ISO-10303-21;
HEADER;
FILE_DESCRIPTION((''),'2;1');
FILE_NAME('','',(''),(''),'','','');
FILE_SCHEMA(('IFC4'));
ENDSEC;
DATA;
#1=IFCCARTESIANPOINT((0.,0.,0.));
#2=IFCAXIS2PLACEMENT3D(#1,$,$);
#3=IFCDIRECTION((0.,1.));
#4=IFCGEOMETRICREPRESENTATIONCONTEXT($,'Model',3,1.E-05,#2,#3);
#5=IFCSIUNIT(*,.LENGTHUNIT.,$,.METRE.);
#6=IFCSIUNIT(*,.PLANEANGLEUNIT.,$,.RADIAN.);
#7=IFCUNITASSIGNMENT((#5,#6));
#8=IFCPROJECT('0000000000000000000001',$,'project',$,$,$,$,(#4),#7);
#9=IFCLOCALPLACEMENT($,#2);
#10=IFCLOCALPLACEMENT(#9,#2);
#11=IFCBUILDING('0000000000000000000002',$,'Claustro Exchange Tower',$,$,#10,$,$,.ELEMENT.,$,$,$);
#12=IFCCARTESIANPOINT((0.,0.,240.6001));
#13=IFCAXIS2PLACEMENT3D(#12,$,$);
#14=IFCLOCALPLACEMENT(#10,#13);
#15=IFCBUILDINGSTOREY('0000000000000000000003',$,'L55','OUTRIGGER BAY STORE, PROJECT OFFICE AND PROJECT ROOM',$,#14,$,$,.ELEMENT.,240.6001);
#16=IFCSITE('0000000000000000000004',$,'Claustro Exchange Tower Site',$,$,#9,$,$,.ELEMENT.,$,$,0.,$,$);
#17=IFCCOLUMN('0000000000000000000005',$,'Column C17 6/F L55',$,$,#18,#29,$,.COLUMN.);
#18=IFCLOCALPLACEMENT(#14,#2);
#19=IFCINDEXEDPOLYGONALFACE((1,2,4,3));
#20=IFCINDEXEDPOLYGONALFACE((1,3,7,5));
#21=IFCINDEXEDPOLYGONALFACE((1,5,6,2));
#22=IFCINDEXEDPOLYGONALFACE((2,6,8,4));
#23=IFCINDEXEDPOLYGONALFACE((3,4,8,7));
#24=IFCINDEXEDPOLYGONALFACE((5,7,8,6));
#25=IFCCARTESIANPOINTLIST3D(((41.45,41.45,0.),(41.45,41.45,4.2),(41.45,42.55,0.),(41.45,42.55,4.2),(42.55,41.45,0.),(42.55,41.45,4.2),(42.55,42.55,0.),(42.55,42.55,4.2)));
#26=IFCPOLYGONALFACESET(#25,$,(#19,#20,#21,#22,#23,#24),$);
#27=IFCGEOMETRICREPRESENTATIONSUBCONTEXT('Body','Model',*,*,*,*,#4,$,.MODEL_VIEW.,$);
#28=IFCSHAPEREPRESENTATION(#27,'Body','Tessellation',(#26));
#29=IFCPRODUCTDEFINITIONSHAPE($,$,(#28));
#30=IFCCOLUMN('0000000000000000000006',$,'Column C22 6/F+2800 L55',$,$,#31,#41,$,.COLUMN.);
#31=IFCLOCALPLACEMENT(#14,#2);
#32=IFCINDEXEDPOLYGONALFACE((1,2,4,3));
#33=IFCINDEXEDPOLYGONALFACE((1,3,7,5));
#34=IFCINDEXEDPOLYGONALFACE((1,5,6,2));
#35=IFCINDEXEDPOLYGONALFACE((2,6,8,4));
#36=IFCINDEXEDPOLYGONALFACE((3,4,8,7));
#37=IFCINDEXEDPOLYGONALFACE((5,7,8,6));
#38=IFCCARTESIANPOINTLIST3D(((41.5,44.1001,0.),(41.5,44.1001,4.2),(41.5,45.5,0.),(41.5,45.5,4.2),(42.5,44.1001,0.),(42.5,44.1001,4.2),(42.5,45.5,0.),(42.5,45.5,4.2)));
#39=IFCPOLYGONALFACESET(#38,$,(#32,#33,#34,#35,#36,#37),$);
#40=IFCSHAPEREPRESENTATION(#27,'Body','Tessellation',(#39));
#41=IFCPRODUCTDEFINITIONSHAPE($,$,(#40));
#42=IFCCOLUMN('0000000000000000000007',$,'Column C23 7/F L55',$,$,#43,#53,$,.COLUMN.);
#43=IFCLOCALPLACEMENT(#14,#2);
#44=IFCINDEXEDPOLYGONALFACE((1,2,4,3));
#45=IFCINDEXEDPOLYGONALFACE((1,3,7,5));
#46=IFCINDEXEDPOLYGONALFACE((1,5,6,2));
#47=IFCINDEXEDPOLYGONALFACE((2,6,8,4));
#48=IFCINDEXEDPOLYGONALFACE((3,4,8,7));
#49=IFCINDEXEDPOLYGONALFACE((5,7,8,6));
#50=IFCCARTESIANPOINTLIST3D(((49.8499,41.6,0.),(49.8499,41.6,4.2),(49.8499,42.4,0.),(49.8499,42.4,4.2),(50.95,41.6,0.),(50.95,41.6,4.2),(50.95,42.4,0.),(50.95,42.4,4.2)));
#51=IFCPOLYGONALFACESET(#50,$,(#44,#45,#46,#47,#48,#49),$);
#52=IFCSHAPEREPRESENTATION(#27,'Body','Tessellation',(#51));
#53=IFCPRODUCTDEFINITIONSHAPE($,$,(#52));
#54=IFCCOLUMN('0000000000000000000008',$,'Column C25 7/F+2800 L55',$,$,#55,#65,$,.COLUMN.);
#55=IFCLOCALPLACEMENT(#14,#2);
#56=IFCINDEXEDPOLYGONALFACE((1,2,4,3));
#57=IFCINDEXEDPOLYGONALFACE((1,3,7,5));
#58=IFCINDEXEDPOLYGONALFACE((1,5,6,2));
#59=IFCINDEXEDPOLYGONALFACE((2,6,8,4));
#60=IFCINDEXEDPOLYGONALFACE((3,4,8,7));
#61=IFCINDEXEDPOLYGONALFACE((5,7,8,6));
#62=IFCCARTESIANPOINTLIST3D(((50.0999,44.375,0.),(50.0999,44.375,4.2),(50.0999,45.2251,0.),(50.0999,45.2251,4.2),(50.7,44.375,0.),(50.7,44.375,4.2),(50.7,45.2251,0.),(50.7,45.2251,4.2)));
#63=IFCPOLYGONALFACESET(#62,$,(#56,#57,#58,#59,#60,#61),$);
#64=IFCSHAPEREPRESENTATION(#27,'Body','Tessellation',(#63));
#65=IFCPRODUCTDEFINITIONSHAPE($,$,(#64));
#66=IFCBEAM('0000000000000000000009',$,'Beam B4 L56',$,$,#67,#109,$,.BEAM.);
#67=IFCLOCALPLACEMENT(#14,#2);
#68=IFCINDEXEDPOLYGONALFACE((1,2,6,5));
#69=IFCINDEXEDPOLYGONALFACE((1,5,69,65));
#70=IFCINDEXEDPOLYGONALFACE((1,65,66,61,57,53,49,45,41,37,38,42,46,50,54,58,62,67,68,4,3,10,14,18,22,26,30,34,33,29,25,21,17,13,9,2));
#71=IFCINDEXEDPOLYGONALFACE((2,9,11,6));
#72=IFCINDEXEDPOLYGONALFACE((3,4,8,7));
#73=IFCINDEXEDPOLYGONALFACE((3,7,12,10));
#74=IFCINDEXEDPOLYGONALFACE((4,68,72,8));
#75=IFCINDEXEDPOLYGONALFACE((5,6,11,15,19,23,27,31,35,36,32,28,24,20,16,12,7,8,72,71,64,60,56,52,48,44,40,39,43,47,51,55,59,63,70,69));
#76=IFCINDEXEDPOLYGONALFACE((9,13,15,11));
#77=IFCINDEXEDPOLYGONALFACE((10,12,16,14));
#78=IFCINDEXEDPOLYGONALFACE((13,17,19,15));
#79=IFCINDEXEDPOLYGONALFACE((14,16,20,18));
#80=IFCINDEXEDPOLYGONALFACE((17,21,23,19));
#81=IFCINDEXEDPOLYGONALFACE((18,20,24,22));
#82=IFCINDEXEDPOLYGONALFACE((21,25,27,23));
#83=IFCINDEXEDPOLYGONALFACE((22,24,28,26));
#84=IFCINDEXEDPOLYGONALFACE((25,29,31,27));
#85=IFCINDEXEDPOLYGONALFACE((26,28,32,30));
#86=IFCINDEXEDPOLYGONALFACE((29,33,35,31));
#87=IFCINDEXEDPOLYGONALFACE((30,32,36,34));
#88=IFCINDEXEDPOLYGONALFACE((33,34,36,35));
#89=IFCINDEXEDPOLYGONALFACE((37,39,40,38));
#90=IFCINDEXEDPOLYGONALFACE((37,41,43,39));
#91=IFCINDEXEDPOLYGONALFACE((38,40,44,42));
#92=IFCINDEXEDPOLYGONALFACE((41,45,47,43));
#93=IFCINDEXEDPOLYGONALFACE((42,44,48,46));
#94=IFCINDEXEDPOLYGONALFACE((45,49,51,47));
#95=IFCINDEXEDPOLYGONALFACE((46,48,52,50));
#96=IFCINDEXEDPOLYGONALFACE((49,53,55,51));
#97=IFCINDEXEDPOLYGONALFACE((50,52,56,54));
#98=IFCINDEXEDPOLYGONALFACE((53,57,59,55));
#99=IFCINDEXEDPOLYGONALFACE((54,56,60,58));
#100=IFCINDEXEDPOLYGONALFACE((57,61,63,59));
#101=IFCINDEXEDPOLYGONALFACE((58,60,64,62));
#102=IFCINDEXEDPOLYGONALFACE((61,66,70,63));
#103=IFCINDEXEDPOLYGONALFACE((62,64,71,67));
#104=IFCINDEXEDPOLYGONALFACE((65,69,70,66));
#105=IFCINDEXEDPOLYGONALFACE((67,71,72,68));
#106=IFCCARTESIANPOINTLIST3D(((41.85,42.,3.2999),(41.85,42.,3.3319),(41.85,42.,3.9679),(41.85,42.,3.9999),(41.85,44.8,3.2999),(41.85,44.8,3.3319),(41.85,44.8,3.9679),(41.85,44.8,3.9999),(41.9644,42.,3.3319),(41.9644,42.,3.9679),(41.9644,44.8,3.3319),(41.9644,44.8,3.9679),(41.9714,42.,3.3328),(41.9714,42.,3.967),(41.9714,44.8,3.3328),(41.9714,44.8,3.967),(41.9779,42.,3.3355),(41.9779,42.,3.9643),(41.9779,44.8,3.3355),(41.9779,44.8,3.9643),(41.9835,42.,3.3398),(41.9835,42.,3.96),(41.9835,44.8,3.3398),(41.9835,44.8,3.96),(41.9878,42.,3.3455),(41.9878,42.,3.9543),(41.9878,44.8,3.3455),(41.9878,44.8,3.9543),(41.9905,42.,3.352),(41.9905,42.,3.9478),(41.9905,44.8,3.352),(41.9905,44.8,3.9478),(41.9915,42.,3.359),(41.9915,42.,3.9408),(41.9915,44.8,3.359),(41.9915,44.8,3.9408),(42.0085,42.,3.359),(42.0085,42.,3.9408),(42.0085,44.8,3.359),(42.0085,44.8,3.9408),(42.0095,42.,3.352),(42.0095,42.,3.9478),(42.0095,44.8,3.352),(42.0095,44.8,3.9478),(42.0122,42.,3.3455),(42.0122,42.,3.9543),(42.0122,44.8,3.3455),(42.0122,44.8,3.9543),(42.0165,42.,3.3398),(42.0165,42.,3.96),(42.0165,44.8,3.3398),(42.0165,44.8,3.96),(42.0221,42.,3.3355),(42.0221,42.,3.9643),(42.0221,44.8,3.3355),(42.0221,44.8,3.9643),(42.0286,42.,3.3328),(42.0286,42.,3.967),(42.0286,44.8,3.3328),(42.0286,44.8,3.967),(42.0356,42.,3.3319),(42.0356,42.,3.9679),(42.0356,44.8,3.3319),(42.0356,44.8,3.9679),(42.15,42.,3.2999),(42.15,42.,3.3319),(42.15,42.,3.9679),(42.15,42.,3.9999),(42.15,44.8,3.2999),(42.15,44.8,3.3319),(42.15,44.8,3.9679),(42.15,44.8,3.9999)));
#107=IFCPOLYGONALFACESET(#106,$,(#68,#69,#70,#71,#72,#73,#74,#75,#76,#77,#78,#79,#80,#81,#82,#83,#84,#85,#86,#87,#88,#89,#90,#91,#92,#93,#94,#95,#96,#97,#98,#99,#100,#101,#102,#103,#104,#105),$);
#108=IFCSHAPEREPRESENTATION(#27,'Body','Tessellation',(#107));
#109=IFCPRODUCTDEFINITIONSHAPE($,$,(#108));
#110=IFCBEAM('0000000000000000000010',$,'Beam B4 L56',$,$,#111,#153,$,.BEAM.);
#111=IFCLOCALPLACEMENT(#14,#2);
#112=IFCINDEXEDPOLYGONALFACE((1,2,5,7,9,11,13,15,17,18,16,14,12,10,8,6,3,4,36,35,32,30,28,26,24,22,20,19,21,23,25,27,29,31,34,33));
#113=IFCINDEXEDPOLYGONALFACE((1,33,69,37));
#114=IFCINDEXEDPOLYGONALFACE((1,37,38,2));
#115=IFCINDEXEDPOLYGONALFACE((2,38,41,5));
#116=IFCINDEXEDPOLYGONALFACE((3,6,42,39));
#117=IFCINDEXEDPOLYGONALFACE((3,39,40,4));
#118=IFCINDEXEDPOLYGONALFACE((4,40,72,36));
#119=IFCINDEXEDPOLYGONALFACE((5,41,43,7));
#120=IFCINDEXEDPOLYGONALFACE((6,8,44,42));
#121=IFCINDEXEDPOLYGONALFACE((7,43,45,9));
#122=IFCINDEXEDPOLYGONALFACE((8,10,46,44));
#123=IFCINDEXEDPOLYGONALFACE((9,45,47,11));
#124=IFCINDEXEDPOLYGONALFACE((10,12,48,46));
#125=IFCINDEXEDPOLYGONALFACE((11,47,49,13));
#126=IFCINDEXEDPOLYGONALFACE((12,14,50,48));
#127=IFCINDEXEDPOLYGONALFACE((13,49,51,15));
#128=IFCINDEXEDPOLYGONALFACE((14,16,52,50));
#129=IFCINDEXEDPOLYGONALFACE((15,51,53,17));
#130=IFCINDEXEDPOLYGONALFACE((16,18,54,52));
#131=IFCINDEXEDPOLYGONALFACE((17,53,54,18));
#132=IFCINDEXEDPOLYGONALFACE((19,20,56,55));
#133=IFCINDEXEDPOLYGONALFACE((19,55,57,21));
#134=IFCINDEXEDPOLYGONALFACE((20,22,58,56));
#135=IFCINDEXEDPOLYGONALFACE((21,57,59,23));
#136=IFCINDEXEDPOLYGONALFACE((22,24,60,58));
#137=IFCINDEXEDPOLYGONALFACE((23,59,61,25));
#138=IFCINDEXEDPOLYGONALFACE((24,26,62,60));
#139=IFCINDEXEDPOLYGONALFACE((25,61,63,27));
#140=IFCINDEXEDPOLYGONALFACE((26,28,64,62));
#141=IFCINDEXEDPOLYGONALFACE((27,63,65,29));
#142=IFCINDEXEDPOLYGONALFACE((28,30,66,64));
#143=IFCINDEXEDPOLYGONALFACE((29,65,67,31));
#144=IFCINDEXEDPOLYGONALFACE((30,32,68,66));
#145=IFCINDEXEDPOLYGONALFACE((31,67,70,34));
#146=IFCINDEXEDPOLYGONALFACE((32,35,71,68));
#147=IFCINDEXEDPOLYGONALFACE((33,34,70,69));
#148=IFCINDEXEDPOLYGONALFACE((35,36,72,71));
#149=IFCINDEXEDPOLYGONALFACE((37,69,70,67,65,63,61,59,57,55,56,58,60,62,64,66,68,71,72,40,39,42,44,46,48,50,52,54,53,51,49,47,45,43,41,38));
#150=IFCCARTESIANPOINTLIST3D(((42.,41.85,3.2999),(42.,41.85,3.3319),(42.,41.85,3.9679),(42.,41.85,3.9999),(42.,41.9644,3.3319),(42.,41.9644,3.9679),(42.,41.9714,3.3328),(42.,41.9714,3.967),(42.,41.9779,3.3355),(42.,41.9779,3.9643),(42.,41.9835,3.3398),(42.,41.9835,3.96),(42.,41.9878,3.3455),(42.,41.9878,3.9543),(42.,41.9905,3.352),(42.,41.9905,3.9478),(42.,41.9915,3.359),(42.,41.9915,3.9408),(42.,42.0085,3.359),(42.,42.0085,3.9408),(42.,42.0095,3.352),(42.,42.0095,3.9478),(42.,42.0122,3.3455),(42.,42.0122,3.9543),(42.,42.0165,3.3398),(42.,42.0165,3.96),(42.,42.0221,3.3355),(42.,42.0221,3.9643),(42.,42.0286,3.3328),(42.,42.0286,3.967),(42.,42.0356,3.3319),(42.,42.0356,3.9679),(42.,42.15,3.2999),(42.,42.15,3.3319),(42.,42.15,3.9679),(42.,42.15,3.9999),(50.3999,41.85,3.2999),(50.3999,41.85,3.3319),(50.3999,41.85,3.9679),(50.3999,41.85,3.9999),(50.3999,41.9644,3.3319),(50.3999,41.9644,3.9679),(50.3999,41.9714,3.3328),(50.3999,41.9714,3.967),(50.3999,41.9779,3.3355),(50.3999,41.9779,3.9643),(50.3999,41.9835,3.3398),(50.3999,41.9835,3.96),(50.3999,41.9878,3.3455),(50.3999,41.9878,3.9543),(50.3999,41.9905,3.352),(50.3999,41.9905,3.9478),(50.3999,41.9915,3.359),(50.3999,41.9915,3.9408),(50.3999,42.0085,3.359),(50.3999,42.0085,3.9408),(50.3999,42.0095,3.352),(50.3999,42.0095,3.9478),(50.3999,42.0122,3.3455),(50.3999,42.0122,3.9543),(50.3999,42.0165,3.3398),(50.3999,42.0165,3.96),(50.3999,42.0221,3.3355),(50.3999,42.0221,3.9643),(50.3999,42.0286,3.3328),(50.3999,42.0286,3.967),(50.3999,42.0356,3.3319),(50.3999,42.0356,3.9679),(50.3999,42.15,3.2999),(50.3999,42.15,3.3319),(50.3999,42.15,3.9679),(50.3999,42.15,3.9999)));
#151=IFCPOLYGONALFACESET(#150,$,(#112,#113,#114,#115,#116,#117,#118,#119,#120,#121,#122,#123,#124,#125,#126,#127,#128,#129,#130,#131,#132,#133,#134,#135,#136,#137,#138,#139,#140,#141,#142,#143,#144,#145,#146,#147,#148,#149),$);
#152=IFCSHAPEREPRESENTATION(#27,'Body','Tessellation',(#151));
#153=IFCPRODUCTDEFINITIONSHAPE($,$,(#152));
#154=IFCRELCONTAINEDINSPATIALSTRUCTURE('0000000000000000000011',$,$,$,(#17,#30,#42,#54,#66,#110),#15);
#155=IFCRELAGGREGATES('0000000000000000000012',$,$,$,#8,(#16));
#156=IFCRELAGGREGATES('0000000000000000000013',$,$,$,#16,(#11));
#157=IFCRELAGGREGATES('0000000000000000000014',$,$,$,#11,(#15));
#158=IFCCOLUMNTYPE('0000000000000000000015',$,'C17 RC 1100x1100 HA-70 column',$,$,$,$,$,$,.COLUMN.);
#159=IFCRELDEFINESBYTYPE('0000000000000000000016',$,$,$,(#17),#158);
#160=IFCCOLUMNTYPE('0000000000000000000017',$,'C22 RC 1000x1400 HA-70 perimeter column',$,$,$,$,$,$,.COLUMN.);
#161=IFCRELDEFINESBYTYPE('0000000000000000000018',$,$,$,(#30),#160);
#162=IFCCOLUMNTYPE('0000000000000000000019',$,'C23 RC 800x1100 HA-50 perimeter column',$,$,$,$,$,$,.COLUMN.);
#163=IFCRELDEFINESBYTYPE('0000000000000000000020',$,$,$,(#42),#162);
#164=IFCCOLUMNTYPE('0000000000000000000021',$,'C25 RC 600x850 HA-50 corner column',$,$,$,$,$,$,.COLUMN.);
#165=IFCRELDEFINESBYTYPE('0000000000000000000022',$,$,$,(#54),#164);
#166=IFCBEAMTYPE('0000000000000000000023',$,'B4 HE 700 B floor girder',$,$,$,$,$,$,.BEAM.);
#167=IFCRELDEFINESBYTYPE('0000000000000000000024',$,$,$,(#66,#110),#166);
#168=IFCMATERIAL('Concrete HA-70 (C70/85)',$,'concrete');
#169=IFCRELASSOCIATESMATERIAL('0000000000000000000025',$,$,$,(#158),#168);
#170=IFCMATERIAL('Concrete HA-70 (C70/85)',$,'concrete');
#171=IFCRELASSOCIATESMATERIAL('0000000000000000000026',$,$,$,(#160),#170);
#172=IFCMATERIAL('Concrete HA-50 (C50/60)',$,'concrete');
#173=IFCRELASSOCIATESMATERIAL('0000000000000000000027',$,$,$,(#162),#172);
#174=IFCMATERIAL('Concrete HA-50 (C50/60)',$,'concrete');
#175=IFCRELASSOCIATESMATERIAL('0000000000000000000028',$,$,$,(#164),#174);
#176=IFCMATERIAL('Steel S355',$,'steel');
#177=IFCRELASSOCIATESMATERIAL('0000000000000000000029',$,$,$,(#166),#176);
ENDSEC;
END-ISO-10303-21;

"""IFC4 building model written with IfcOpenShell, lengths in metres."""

from ifc_helpers import new_model, si_unit, direction, frame, origin, origin_2d, place, context, subcontext, project, spatial, rectangle, i_section, extrude, material, material_profile, profile_set, type_object, element, save


model = new_model("IFC4")

# Units and contexts
model_context = context("Model", 3, precision=1e-05, world=origin(), true_north=direction((0.0, 1.0)))
body_context = subcontext(model_context, "Body", "Model", "MODEL_VIEW")
ifc_project = project(units=[si_unit("LENGTHUNIT", "METRE"), si_unit("PLANEANGLEUNIT", "RADIAN")], contexts=[model_context])

# Site, building, storey
site_placement = place(None, origin())
site = spatial("IfcSite", under=ifc_project, at=site_placement, Name="Claustro Exchange Tower Site", CompositionType="ELEMENT", RefElevation=0.0)
building_placement = place(site_placement, origin())
building = spatial("IfcBuilding", under=site, at=building_placement, Name="Claustro Exchange Tower", CompositionType="ELEMENT")
storey_placement = place(building_placement, frame((0.0, 0.0, 240.6001)))
storey = spatial("IfcBuildingStorey", under=building, at=storey_placement, Name="L55", Description="OUTRIGGER BAY STORE, PROJECT OFFICE AND PROJECT ROOM", CompositionType="ELEMENT", Elevation=240.6001)

# Columns
ifc_material_1 = material(Name="Concrete HA-70 (C70/85)", Category="concrete")
ifc_material_profile_1 = material_profile(ifc_material_1, rectangle(XDim=1.1001, YDim=1.1001, at=origin_2d()), Name="RC 1100x1100")
ifc_profile_set_1 = profile_set([ifc_material_profile_1], Name="Concrete HA-70 (C70/85)")
column_type_1 = type_object("IfcColumnType", Name="C17 RC 1100x1100 HA-70 column", PredefinedType="COLUMN", material=ifc_profile_set_1)
column_1_placement = place(storey_placement, frame((42.0, 42.0, 0.0), z_axis=(0.0, 0.0, 1.0), x_axis=(1.0, 0.0, 0.0)))
element("IfcColumn", 1, at=column_1_placement, inside=storey, type_object=column_type_1, Name="Column C17 6/F L55", PredefinedType="COLUMN", context=body_context, shape_type="SweptSolid", body=[
    extrude(rectangle(XDim=1.1001, YDim=1.1001, at=origin_2d()), origin(), (0.0, 0.0, 1.0), 4.2),
])
ifc_material_2 = material(Name="Concrete HA-70 (C70/85)", Category="concrete")
ifc_material_profile_2 = material_profile(ifc_material_2, rectangle(XDim=1.0, YDim=1.3999, at=origin_2d()), Name="RC 1000x1400")
ifc_profile_set_2 = profile_set([ifc_material_profile_2], Name="Concrete HA-70 (C70/85)")
column_type_2 = type_object("IfcColumnType", Name="C22 RC 1000x1400 HA-70 perimeter column", PredefinedType="COLUMN", material=ifc_profile_set_2)
column_2_placement = place(storey_placement, frame((42.0, 44.8, 0.0), z_axis=(0.0, 0.0, 1.0), x_axis=(1.0, 0.0, 0.0)))
element("IfcColumn", 2, at=column_2_placement, inside=storey, type_object=column_type_2, Name="Column C22 6/F+2800 L55", PredefinedType="COLUMN", context=body_context, shape_type="SweptSolid", body=[
    extrude(rectangle(XDim=1.0, YDim=1.3999, at=origin_2d()), origin(), (0.0, 0.0, 1.0), 4.2),
])
ifc_material_3 = material(Name="Concrete HA-50 (C50/60)", Category="concrete")
ifc_material_profile_3 = material_profile(ifc_material_3, rectangle(XDim=0.8, YDim=1.1001, at=origin_2d()), Name="RC 800x1100")
ifc_profile_set_3 = profile_set([ifc_material_profile_3], Name="Concrete HA-50 (C50/60)")
column_type_3 = type_object("IfcColumnType", Name="C23 RC 800x1100 HA-50 perimeter column", PredefinedType="COLUMN", material=ifc_profile_set_3)
column_3_placement = place(storey_placement, frame((50.3999, 42.0, 0.0), z_axis=(0.0, 0.0, 1.0), x_axis=(0.0, 1.0, 0.0)))
element("IfcColumn", 3, at=column_3_placement, inside=storey, type_object=column_type_3, Name="Column C23 7/F L55", PredefinedType="COLUMN", context=body_context, shape_type="SweptSolid", body=[
    extrude(rectangle(XDim=0.8, YDim=1.1001, at=origin_2d()), origin(), (0.0, 0.0, 1.0), 4.2),
])
ifc_material_4 = material(Name="Concrete HA-50 (C50/60)", Category="concrete")
ifc_material_profile_4 = material_profile(ifc_material_4, rectangle(XDim=0.6001, YDim=0.8501, at=origin_2d()), Name="RC 600x850")
ifc_profile_set_4 = profile_set([ifc_material_profile_4], Name="Concrete HA-50 (C50/60)")
column_type_4 = type_object("IfcColumnType", Name="C25 RC 600x850 HA-50 corner column", PredefinedType="COLUMN", material=ifc_profile_set_4)
column_4_placement = place(storey_placement, frame((50.3999, 44.8, 0.0), z_axis=(0.0, 0.0, 1.0), x_axis=(1.0, 0.0, 0.0)))
element("IfcColumn", 4, at=column_4_placement, inside=storey, type_object=column_type_4, Name="Column C25 7/F+2800 L55", PredefinedType="COLUMN", context=body_context, shape_type="SweptSolid", body=[
    extrude(rectangle(XDim=0.6001, YDim=0.8501, at=origin_2d()), origin(), (0.0, 0.0, 1.0), 4.2),
])

# Beams
ifc_material_5 = material(Name="Steel S355", Category="steel")
ifc_material_profile_5 = material_profile(ifc_material_5, i_section(OverallWidth=0.3, OverallDepth=0.7, WebThickness=0.0171, FlangeThickness=0.032, FilletRadius=0.0271, at=origin_2d()), Name="HE 700 B")
ifc_profile_set_5 = profile_set([ifc_material_profile_5], Name="Steel S355")
beam_type_1 = type_object("IfcBeamType", Name="B4 HE 700 B floor girder", PredefinedType="BEAM", material=ifc_profile_set_5)
beam_1_placement = place(storey_placement, frame((42.0, 42.0, 3.6499), z_axis=(0.0, 1.0, 0.0), x_axis=(-1.0, 0.0, 0.0)))
element("IfcBeam", 5, at=beam_1_placement, inside=storey, type_object=beam_type_1, Name="Beam B4 L56", PredefinedType="BEAM", context=body_context, shape_type="SweptSolid", body=[
    extrude(i_section(OverallWidth=0.3, OverallDepth=0.7, WebThickness=0.0171, FlangeThickness=0.032, FilletRadius=0.0271, at=origin_2d()), origin(), (0.0, 0.0, 1.0), 2.8),
])
beam_2_placement = place(storey_placement, frame((42.0, 42.0, 3.6499), z_axis=(1.0, 0.0, 0.0), x_axis=(0.0, 1.0, 0.0)))
element("IfcBeam", 6, at=beam_2_placement, inside=storey, type_object=beam_type_1, Name="Beam B4 L56", PredefinedType="BEAM", context=body_context, shape_type="SweptSolid", body=[
    extrude(i_section(OverallWidth=0.3, OverallDepth=0.7, WebThickness=0.0171, FlangeThickness=0.032, FilletRadius=0.0271, at=origin_2d()), origin(), (0.0, 0.0, 1.0), 8.3999),
])

save(model, "model.ifc")
